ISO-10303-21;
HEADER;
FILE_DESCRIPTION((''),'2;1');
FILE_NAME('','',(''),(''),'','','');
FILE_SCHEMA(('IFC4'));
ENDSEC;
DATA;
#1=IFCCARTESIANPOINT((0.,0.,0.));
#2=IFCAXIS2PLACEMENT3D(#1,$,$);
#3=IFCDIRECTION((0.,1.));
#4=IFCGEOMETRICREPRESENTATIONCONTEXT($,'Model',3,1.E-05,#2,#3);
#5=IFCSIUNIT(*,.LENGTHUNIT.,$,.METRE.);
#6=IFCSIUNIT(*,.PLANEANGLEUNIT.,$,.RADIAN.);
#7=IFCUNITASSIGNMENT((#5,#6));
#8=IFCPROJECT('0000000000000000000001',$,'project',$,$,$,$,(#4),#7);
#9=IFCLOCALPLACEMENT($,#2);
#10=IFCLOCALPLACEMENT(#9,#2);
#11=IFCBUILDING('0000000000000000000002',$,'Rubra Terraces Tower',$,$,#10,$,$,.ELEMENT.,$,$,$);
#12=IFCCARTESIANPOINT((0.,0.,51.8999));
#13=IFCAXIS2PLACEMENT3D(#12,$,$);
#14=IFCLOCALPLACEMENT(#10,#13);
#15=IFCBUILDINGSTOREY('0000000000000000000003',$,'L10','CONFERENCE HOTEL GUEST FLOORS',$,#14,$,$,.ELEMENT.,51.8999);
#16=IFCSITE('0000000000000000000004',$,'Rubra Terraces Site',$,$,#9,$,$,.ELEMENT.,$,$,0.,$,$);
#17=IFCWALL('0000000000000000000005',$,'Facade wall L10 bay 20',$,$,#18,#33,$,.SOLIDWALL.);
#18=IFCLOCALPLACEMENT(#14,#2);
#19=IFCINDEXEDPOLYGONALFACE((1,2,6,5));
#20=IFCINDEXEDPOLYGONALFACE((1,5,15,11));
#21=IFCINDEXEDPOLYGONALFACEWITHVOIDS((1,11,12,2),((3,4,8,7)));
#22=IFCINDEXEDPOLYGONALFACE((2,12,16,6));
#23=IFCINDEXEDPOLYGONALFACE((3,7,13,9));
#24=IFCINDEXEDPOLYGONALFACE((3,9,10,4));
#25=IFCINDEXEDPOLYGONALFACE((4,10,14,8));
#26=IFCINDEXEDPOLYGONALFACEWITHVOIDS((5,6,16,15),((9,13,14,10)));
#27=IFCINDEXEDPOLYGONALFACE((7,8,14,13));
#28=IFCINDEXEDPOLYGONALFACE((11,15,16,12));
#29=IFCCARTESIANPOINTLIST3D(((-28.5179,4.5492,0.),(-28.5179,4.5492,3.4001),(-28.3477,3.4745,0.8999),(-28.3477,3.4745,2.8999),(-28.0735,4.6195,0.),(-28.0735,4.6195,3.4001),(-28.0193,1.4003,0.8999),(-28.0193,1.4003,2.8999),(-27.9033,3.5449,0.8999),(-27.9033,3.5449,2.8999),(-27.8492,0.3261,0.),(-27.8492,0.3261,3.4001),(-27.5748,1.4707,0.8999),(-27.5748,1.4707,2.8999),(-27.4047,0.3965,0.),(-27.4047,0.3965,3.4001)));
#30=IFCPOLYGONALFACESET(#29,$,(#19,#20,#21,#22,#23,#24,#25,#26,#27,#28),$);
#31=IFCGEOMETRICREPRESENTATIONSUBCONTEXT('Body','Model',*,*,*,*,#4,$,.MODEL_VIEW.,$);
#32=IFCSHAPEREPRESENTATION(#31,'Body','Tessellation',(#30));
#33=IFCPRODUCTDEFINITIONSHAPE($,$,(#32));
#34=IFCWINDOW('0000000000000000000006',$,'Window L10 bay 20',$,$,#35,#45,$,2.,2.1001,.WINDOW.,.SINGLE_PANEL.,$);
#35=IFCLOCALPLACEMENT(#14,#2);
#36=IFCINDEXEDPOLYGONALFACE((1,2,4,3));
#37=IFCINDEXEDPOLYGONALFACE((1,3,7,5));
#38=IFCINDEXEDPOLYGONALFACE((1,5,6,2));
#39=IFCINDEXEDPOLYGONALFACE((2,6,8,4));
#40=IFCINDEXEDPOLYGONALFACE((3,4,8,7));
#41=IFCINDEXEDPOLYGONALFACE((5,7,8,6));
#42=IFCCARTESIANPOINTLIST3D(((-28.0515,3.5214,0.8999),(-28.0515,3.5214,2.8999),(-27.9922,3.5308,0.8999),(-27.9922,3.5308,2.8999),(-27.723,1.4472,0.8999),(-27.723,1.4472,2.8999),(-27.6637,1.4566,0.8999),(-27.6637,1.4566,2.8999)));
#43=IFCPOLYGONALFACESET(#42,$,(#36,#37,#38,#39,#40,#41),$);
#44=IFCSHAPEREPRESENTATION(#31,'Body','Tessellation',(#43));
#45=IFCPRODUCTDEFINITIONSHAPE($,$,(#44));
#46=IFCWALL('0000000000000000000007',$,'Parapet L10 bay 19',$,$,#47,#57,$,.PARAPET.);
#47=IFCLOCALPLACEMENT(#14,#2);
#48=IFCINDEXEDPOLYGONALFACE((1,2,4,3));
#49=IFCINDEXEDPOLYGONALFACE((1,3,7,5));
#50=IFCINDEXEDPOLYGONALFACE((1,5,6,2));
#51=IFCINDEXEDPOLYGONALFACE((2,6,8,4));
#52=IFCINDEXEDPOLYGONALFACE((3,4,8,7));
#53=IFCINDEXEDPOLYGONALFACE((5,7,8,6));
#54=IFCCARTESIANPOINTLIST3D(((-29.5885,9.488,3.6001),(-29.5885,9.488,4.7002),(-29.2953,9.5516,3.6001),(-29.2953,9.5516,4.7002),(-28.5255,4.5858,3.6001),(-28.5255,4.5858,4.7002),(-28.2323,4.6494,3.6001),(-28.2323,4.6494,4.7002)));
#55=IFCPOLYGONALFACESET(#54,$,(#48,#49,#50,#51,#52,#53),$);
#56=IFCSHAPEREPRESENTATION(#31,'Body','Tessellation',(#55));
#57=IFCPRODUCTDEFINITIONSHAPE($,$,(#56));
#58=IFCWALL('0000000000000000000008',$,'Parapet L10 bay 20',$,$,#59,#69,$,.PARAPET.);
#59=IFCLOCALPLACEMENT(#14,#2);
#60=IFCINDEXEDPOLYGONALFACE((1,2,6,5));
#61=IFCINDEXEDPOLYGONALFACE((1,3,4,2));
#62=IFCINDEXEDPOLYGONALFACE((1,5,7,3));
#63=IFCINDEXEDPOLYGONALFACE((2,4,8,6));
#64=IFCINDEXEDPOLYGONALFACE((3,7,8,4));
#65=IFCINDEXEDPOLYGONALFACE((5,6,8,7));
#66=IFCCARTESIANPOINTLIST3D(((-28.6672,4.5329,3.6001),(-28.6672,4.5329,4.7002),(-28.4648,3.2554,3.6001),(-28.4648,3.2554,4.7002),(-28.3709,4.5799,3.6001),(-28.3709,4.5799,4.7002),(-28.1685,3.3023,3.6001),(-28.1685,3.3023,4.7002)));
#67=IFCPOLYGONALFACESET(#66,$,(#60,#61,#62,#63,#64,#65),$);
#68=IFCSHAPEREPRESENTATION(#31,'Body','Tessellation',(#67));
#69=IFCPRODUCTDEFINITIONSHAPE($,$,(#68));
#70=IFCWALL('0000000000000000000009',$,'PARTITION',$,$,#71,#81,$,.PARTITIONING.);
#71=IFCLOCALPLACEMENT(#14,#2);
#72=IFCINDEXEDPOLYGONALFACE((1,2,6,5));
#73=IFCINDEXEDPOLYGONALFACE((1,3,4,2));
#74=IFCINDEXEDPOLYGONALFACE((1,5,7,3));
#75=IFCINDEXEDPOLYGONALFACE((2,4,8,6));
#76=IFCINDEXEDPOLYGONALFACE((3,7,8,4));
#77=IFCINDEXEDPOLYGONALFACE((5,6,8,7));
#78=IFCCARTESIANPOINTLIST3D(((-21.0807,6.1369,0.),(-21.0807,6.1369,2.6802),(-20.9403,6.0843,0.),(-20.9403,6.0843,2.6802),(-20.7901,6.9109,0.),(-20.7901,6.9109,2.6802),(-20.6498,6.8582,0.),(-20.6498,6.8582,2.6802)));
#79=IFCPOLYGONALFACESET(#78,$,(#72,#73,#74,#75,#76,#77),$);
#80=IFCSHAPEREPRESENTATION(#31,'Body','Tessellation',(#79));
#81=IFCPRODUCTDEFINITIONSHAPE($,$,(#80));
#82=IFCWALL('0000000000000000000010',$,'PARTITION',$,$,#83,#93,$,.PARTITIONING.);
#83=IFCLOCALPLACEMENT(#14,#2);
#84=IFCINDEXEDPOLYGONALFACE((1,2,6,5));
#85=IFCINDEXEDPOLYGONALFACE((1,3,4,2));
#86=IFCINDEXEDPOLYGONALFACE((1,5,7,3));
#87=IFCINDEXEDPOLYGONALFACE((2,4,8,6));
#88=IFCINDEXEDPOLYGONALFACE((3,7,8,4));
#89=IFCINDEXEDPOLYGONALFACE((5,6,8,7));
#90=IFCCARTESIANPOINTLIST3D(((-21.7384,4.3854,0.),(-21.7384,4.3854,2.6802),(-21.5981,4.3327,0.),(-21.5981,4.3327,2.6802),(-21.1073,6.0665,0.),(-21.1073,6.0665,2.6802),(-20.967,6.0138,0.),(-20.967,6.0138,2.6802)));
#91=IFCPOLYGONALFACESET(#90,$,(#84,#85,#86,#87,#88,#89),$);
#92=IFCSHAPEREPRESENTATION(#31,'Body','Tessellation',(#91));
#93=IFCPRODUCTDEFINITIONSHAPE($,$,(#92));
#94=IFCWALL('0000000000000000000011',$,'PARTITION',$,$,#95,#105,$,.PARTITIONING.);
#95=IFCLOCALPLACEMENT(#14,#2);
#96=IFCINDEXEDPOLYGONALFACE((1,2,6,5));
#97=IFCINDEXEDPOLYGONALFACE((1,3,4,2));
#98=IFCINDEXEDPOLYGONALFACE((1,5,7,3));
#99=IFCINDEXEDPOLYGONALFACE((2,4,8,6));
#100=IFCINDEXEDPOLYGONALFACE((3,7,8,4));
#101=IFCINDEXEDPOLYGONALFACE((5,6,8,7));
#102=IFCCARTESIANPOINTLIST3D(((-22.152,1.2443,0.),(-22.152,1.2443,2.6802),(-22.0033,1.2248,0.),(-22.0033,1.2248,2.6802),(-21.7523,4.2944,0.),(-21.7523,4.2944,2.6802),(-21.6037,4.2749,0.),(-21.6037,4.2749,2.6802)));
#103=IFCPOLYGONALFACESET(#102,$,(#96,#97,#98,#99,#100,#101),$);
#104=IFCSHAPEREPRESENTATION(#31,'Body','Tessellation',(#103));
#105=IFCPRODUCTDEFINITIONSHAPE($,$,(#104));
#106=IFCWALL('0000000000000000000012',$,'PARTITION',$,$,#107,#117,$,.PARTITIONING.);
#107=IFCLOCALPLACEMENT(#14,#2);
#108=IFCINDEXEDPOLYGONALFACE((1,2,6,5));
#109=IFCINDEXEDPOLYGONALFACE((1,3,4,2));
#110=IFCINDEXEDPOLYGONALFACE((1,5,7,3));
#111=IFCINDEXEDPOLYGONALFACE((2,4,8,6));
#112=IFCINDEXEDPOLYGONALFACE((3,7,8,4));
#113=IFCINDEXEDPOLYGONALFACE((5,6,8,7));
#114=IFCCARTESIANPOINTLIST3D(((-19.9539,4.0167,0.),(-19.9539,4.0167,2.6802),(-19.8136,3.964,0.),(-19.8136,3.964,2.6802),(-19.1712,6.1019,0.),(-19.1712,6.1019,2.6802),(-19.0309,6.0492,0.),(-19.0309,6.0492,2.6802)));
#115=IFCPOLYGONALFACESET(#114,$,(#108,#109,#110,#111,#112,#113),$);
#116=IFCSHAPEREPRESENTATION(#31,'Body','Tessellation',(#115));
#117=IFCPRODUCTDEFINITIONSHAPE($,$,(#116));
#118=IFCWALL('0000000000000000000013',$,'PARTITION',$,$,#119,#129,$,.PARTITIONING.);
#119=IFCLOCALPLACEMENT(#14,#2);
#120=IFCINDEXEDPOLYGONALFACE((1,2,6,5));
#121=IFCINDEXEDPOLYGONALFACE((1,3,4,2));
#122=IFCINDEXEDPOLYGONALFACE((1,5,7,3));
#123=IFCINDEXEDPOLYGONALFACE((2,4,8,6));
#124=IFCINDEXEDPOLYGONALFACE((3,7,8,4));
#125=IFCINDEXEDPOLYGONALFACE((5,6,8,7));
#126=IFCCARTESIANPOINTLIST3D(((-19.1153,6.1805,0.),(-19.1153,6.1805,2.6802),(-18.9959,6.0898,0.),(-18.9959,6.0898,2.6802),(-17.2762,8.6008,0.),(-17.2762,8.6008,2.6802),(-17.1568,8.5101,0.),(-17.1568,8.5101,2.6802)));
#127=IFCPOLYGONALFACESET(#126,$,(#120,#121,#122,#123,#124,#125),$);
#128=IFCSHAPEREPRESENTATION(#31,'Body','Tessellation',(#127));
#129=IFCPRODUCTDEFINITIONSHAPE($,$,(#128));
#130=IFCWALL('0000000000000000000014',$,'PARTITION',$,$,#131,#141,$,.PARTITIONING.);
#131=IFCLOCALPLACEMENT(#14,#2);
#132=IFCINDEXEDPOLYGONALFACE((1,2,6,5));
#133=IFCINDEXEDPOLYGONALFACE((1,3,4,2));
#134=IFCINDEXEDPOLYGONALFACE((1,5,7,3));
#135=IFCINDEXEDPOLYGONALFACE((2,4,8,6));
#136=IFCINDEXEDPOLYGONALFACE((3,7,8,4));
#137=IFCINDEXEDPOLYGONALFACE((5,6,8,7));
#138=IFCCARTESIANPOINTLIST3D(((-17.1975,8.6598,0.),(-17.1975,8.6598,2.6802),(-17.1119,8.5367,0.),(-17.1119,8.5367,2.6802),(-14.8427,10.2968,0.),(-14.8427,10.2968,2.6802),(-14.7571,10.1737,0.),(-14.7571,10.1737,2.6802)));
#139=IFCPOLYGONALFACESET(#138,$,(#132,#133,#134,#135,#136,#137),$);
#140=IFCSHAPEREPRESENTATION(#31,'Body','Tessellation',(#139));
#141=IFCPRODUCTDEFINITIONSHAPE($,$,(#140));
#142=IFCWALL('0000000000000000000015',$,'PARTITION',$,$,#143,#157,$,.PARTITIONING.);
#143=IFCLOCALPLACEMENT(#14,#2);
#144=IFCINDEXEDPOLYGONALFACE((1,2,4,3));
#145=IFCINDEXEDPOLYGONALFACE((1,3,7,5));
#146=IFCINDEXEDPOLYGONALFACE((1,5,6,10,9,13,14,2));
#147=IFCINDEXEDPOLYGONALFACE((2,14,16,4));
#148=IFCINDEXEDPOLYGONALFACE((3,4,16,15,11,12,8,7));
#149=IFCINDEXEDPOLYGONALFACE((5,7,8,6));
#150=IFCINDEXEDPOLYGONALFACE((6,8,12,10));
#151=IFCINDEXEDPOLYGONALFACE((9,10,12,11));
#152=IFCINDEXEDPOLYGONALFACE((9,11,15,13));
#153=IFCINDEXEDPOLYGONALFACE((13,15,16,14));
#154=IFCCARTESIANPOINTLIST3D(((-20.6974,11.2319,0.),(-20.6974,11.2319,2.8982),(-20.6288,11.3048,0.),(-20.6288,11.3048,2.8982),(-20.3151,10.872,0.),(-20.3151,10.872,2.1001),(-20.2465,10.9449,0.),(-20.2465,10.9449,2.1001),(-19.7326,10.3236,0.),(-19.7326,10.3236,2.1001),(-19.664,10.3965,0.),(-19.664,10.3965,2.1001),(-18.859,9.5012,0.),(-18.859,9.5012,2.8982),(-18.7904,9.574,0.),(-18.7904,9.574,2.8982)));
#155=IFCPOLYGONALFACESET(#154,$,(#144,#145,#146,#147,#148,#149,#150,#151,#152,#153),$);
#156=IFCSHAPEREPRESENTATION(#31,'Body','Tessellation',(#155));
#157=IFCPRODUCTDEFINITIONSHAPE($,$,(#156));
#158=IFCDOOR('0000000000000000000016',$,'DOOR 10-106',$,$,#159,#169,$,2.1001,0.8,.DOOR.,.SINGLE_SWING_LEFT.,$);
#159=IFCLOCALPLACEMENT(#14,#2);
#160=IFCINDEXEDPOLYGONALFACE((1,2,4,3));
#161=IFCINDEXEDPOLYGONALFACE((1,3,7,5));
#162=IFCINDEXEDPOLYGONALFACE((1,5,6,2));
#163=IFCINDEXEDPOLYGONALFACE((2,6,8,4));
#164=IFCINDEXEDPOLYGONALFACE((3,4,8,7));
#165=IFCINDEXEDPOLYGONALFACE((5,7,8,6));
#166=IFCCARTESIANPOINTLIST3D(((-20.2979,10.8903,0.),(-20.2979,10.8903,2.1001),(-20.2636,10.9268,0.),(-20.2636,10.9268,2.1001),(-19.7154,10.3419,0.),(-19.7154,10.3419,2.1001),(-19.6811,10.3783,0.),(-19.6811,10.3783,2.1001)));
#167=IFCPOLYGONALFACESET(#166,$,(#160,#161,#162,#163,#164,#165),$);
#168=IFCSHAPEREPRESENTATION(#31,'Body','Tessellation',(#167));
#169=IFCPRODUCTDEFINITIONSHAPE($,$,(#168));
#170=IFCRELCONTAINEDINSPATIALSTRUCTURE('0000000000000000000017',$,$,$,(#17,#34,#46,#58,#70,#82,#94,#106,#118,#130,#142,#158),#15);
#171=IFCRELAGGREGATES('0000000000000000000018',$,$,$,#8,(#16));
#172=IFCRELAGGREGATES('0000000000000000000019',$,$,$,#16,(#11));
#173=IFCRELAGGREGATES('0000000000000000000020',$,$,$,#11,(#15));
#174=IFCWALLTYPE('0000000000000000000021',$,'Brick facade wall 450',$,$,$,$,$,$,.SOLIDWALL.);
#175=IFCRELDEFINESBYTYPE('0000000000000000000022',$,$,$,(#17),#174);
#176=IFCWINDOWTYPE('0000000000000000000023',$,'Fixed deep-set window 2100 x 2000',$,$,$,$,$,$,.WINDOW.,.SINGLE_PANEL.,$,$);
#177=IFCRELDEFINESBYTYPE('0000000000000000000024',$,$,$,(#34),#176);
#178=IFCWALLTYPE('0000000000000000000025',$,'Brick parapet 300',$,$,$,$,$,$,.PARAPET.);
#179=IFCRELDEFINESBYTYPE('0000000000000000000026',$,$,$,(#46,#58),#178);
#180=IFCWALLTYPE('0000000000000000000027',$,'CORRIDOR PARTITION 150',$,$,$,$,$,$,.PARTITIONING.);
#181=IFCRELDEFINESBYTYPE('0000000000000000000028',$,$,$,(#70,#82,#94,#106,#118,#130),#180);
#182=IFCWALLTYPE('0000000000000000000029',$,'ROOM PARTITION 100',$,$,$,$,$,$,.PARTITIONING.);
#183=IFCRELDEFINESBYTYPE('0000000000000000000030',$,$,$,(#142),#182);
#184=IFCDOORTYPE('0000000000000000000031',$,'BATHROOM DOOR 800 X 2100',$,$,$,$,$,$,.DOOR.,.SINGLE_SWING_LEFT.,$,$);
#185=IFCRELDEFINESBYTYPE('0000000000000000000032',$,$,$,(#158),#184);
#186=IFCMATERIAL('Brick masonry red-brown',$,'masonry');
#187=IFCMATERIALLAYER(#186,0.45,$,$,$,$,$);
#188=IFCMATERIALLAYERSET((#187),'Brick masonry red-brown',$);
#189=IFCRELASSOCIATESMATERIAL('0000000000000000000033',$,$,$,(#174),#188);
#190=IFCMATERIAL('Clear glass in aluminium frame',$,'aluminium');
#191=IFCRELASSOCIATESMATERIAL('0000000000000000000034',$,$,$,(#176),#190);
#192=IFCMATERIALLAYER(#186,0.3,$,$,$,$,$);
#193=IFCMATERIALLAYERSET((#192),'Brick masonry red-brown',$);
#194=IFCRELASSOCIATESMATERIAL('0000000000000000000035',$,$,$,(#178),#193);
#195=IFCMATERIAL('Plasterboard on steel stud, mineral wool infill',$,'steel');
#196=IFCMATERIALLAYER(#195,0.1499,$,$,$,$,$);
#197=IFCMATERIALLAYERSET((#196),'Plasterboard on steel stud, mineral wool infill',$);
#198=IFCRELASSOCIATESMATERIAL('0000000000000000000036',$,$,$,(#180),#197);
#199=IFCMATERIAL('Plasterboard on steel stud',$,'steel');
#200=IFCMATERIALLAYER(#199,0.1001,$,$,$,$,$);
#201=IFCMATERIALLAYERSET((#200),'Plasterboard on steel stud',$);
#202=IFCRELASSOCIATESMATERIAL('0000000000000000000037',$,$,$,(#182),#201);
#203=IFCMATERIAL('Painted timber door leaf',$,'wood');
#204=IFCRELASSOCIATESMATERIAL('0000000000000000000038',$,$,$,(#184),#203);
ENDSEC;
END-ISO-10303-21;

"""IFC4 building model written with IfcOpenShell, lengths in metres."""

from ifc_helpers import new_model, si_unit, direction, frame, frame_2d, origin, place, context, subcontext, project, spatial, rectangle, extrude, material, layer, layer_set, type_object, element, fill, save


model = new_model("IFC4")

# Units and contexts
model_context = context("Model", 3, precision=1e-05, world=origin(), true_north=direction((0.0, 1.0)))
body_context = subcontext(model_context, "Body", "Model", "MODEL_VIEW")
ifc_project = project(units=[si_unit("LENGTHUNIT", "METRE"), si_unit("PLANEANGLEUNIT", "RADIAN")], contexts=[model_context])

# Site, building, storey
site_placement = place(None, origin())
site = spatial("IfcSite", under=ifc_project, at=site_placement, Name="Rubra Terraces Site", CompositionType="ELEMENT", RefElevation=0.0)
building_placement = place(site_placement, origin())
building = spatial("IfcBuilding", under=site, at=building_placement, Name="Rubra Terraces Tower", CompositionType="ELEMENT")
storey_placement = place(building_placement, frame((0.0, 0.0, 51.8999)))
storey = spatial("IfcBuildingStorey", under=building, at=storey_placement, Name="L10", Description="CONFERENCE HOTEL GUEST FLOORS", CompositionType="ELEMENT", Elevation=51.8999)

# Wall, opening, window
ifc_material_1 = material(Name="Brick masonry red-brown", Category="masonry")
ifc_layer_1 = layer(ifc_material_1, 0.45)
ifc_layer_set_1 = layer_set([ifc_layer_1], Name="Brick masonry red-brown")
wall_type_1 = type_object("IfcWallType", Name="Brick facade wall 450", PredefinedType="SOLIDWALL", material=ifc_layer_set_1)
wall_1_placement = place(storey_placement, frame((-28.2957, 4.5842, 0.0), z_axis=(0.0, 0.0, 1.0), x_axis=(0.156402, -0.987693, 0.0)))
wall_1 = element("IfcWall", 1, at=wall_1_placement, inside=storey, type_object=wall_type_1, Name="Facade wall L10 bay 20", PredefinedType="SOLIDWALL", context=body_context, shape_type="SweptSolid", body=[
    extrude(rectangle(XDim=4.2756, YDim=0.45, at=frame_2d((2.1377, 0.0))), origin(), (0.0, 0.0, 1.0), 3.4001),
])
opening_1_placement = place(wall_1_placement, frame((1.0879, 0.0, 0.8999)))
opening_1 = element("IfcOpeningElement", 2, at=opening_1_placement, cuts=wall_1, PredefinedType="OPENING", context=body_context, shape_type="SweptSolid", body=[
    extrude(rectangle(XDim=2.1001, YDim=2.0, at=frame_2d((1.05, 1.0))), frame((0.0, 0.2349, 0.0), z_axis=(0.0, -1.0, 0.0), x_axis=(1.0, 0.0, 0.0)), (0.0, 0.0, 1.0), 0.47),
])
ifc_material_2 = material(Name="Clear glass in aluminium frame", Category="aluminium")
window_type = type_object("IfcWindowType", Name="Fixed deep-set window 2100 x 2000", PartitioningType="SINGLE_PANEL", PredefinedType="WINDOW", material=ifc_material_2)
window_placement = place(opening_1_placement, origin())
window = element("IfcWindow", 3, at=window_placement, inside=storey, type_object=window_type, Name="Window L10 bay 20", OverallHeight=2.0, OverallWidth=2.1001, PartitioningType="SINGLE_PANEL", PredefinedType="WINDOW", context=body_context, shape_type="SweptSolid", body=[
    extrude(rectangle(XDim=2.1001, YDim=2.0, at=frame_2d((1.05, 1.0))), frame((0.0, 0.135, 0.0), z_axis=(0.0, -1.0, 0.0), x_axis=(1.0, 0.0, 0.0)), (0.0, 0.0, 1.0), 0.0601),
])
fill(opening_1, window)

# Walls
ifc_layer_2 = layer(ifc_material_1, 0.3)
ifc_layer_set_2 = layer_set([ifc_layer_2], Name="Brick masonry red-brown")
wall_type_2 = type_object("IfcWallType", Name="Brick parapet 300", PredefinedType="PARAPET", material=ifc_layer_set_2)
wall_2_placement = place(storey_placement, frame((-29.4419, 9.5198, 3.6001), z_axis=(0.0, 0.0, 1.0), x_axis=(0.211918, -0.977287, 0.0)))
element("IfcWall", 4, at=wall_2_placement, inside=storey, type_object=wall_type_2, Name="Parapet L10 bay 19", PredefinedType="PARAPET", context=body_context, shape_type="SweptSolid", body=[
    extrude(rectangle(XDim=5.0161, YDim=0.3, at=frame_2d((2.5081, 0.0))), origin(), (0.0, 0.0, 1.0), 1.1001),
])
wall_3_placement = place(storey_placement, frame((-28.519, 4.5564, 3.6001), z_axis=(0.0, 0.0, 1.0), x_axis=(0.156467, -0.987683, 0.0)))
element("IfcWall", 5, at=wall_3_placement, inside=storey, type_object=wall_type_2, Name="Parapet L10 bay 20", PredefinedType="PARAPET", context=body_context, shape_type="SweptSolid", body=[
    extrude(rectangle(XDim=1.2935, YDim=0.3, at=frame_2d((0.6467, 0.0))), origin(), (0.0, 0.0, 1.0), 1.1001),
])
ifc_material_3 = material(Name="Plasterboard on steel stud, mineral wool infill", Category="steel")
ifc_layer_3 = layer(ifc_material_3, 0.1499)
ifc_layer_set_3 = layer_set([ifc_layer_3], Name="Plasterboard on steel stud, mineral wool infill")
wall_type_3 = type_object("IfcWallType", Name="CORRIDOR PARTITION 150", PredefinedType="PARTITIONING", material=ifc_layer_set_3)
wall_4_placement = place(storey_placement, frame((-20.72, 6.8845, 0.0), z_axis=(0.0, 0.0, 1.0), x_axis=(-0.351447, -0.936208, 0.0)))
element("IfcWall", 6, at=wall_4_placement, inside=storey, type_object=wall_type_3, Name="PARTITION", PredefinedType="PARTITIONING", context=body_context, shape_type="SweptSolid", body=[
    extrude(rectangle(XDim=0.8267, YDim=0.1499, at=frame_2d((0.4133, 0.0))), origin(), (0.0, 0.0, 1.0), 2.6802),
])
wall_5_placement = place(storey_placement, frame((-21.0371, 6.0403, 0.0), z_axis=(0.0, 0.0, 1.0), x_axis=(-0.351451, -0.936206, 0.0)))
element("IfcWall", 7, at=wall_5_placement, inside=storey, type_object=wall_type_3, Name="PARTITION", PredefinedType="PARTITIONING", context=body_context, shape_type="SweptSolid", body=[
    extrude(rectangle(XDim=1.7957, YDim=0.1499, at=frame_2d((0.8979, 0.0))), origin(), (0.0, 0.0, 1.0), 2.6802),
])
wall_6_placement = place(storey_placement, frame((-21.678, 4.2847, 0.0), z_axis=(0.0, 0.0, 1.0), x_axis=(-0.129923, -0.991524, 0.0)))
element("IfcWall", 8, at=wall_6_placement, inside=storey, type_object=wall_type_3, Name="PARTITION", PredefinedType="PARTITIONING", context=body_context, shape_type="SweptSolid", body=[
    extrude(rectangle(XDim=3.0762, YDim=0.1499, at=frame_2d((1.5381, 0.0))), origin(), (0.0, 0.0, 1.0), 2.6802),
])
wall_7_placement = place(storey_placement, frame((-19.8838, 3.9902, 0.0), z_axis=(0.0, 0.0, 1.0), x_axis=(0.351424, 0.936217, 0.0)))
element("IfcWall", 9, at=wall_7_placement, inside=storey, type_object=wall_type_3, Name="PARTITION", PredefinedType="PARTITIONING", context=body_context, shape_type="SweptSolid", body=[
    extrude(rectangle(XDim=2.2273, YDim=0.1499, at=frame_2d((1.1138, 0.0))), origin(), (0.0, 0.0, 1.0), 2.6802),
])
wall_8_placement = place(storey_placement, frame((-19.0557, 6.135, 0.0), z_axis=(0.0, 0.0, 1.0), x_axis=(0.605, 0.796226, 0.0)))
element("IfcWall", 10, at=wall_8_placement, inside=storey, type_object=wall_type_3, Name="PARTITION", PredefinedType="PARTITIONING", context=body_context, shape_type="SweptSolid", body=[
    extrude(rectangle(XDim=3.0398, YDim=0.1499, at=frame_2d((1.52, 0.0))), origin(), (0.0, 0.0, 1.0), 2.6802),
])
wall_9_placement = place(storey_placement, frame((-17.1548, 8.5981, 0.0), z_axis=(0.0, 0.0, 1.0), x_axis=(0.821087, 0.570803, 0.0)))
element("IfcWall", 11, at=wall_9_placement, inside=storey, type_object=wall_type_3, Name="PARTITION", PredefinedType="PARTITIONING", context=body_context, shape_type="SweptSolid", body=[
    extrude(rectangle(XDim=2.8679, YDim=0.1499, at=frame_2d((1.4341, 0.0))), origin(), (0.0, 0.0, 1.0), 2.6802),
])

# Wall, opening, door
ifc_material_4 = material(Name="Plasterboard on steel stud", Category="steel")
ifc_layer_4 = layer(ifc_material_4, 0.1001)
ifc_layer_set_4 = layer_set([ifc_layer_4], Name="Plasterboard on steel stud")
wall_type_4 = type_object("IfcWallType", Name="ROOM PARTITION 100", PredefinedType="PARTITIONING", material=ifc_layer_set_4)
wall_10_placement = place(storey_placement, frame((-18.8247, 9.5376, 0.0), z_axis=(0.0, 0.0, 1.0), x_axis=(-0.728106, 0.685464, 0.0)))
wall_10 = element("IfcWall", 12, at=wall_10_placement, inside=storey, type_object=wall_type_4, Name="PARTITION", PredefinedType="PARTITIONING", context=body_context, shape_type="SweptSolid", body=[
    extrude(rectangle(XDim=2.5249, YDim=0.1001, at=frame_2d((1.2625, 0.0))), origin(), (0.0, 0.0, 1.0), 2.8982),
])
opening_2_placement = place(wall_10_placement, frame((1.2, 0.0, 0.0)))
opening_2 = element("IfcOpeningElement", 13, at=opening_2_placement, cuts=wall_10, PredefinedType="OPENING", context=body_context, shape_type="SweptSolid", body=[
    extrude(rectangle(XDim=0.8, YDim=2.1001, at=frame_2d((0.3999, 1.05))), frame((0.0, 0.0601, 0.0), z_axis=(0.0, -1.0, 0.0), x_axis=(1.0, 0.0, 0.0)), (0.0, 0.0, 1.0), 0.1201),
])
ifc_material_5 = material(Name="Painted timber door leaf", Category="wood")
door_type = type_object("IfcDoorType", Name="BATHROOM DOOR 800 X 2100", OperationType="SINGLE_SWING_LEFT", PredefinedType="DOOR", material=ifc_material_5)
door_1_placement = place(opening_2_placement, origin())
door_1 = element("IfcDoor", 14, at=door_1_placement, inside=storey, type_object=door_type, Name="DOOR 10-106", OperationType="SINGLE_SWING_LEFT", OverallHeight=2.1001, OverallWidth=0.8, PredefinedType="DOOR", context=body_context, shape_type="SweptSolid", body=[
    extrude(rectangle(XDim=0.8, YDim=2.1001, at=frame_2d((0.3999, 1.05))), frame((0.0, 0.0249, 0.0), z_axis=(0.0, -1.0, 0.0), x_axis=(1.0, 0.0, 0.0)), (0.0, 0.0, 1.0), 0.05),
])
fill(opening_2, door_1)

save(model, "model.ifc")
